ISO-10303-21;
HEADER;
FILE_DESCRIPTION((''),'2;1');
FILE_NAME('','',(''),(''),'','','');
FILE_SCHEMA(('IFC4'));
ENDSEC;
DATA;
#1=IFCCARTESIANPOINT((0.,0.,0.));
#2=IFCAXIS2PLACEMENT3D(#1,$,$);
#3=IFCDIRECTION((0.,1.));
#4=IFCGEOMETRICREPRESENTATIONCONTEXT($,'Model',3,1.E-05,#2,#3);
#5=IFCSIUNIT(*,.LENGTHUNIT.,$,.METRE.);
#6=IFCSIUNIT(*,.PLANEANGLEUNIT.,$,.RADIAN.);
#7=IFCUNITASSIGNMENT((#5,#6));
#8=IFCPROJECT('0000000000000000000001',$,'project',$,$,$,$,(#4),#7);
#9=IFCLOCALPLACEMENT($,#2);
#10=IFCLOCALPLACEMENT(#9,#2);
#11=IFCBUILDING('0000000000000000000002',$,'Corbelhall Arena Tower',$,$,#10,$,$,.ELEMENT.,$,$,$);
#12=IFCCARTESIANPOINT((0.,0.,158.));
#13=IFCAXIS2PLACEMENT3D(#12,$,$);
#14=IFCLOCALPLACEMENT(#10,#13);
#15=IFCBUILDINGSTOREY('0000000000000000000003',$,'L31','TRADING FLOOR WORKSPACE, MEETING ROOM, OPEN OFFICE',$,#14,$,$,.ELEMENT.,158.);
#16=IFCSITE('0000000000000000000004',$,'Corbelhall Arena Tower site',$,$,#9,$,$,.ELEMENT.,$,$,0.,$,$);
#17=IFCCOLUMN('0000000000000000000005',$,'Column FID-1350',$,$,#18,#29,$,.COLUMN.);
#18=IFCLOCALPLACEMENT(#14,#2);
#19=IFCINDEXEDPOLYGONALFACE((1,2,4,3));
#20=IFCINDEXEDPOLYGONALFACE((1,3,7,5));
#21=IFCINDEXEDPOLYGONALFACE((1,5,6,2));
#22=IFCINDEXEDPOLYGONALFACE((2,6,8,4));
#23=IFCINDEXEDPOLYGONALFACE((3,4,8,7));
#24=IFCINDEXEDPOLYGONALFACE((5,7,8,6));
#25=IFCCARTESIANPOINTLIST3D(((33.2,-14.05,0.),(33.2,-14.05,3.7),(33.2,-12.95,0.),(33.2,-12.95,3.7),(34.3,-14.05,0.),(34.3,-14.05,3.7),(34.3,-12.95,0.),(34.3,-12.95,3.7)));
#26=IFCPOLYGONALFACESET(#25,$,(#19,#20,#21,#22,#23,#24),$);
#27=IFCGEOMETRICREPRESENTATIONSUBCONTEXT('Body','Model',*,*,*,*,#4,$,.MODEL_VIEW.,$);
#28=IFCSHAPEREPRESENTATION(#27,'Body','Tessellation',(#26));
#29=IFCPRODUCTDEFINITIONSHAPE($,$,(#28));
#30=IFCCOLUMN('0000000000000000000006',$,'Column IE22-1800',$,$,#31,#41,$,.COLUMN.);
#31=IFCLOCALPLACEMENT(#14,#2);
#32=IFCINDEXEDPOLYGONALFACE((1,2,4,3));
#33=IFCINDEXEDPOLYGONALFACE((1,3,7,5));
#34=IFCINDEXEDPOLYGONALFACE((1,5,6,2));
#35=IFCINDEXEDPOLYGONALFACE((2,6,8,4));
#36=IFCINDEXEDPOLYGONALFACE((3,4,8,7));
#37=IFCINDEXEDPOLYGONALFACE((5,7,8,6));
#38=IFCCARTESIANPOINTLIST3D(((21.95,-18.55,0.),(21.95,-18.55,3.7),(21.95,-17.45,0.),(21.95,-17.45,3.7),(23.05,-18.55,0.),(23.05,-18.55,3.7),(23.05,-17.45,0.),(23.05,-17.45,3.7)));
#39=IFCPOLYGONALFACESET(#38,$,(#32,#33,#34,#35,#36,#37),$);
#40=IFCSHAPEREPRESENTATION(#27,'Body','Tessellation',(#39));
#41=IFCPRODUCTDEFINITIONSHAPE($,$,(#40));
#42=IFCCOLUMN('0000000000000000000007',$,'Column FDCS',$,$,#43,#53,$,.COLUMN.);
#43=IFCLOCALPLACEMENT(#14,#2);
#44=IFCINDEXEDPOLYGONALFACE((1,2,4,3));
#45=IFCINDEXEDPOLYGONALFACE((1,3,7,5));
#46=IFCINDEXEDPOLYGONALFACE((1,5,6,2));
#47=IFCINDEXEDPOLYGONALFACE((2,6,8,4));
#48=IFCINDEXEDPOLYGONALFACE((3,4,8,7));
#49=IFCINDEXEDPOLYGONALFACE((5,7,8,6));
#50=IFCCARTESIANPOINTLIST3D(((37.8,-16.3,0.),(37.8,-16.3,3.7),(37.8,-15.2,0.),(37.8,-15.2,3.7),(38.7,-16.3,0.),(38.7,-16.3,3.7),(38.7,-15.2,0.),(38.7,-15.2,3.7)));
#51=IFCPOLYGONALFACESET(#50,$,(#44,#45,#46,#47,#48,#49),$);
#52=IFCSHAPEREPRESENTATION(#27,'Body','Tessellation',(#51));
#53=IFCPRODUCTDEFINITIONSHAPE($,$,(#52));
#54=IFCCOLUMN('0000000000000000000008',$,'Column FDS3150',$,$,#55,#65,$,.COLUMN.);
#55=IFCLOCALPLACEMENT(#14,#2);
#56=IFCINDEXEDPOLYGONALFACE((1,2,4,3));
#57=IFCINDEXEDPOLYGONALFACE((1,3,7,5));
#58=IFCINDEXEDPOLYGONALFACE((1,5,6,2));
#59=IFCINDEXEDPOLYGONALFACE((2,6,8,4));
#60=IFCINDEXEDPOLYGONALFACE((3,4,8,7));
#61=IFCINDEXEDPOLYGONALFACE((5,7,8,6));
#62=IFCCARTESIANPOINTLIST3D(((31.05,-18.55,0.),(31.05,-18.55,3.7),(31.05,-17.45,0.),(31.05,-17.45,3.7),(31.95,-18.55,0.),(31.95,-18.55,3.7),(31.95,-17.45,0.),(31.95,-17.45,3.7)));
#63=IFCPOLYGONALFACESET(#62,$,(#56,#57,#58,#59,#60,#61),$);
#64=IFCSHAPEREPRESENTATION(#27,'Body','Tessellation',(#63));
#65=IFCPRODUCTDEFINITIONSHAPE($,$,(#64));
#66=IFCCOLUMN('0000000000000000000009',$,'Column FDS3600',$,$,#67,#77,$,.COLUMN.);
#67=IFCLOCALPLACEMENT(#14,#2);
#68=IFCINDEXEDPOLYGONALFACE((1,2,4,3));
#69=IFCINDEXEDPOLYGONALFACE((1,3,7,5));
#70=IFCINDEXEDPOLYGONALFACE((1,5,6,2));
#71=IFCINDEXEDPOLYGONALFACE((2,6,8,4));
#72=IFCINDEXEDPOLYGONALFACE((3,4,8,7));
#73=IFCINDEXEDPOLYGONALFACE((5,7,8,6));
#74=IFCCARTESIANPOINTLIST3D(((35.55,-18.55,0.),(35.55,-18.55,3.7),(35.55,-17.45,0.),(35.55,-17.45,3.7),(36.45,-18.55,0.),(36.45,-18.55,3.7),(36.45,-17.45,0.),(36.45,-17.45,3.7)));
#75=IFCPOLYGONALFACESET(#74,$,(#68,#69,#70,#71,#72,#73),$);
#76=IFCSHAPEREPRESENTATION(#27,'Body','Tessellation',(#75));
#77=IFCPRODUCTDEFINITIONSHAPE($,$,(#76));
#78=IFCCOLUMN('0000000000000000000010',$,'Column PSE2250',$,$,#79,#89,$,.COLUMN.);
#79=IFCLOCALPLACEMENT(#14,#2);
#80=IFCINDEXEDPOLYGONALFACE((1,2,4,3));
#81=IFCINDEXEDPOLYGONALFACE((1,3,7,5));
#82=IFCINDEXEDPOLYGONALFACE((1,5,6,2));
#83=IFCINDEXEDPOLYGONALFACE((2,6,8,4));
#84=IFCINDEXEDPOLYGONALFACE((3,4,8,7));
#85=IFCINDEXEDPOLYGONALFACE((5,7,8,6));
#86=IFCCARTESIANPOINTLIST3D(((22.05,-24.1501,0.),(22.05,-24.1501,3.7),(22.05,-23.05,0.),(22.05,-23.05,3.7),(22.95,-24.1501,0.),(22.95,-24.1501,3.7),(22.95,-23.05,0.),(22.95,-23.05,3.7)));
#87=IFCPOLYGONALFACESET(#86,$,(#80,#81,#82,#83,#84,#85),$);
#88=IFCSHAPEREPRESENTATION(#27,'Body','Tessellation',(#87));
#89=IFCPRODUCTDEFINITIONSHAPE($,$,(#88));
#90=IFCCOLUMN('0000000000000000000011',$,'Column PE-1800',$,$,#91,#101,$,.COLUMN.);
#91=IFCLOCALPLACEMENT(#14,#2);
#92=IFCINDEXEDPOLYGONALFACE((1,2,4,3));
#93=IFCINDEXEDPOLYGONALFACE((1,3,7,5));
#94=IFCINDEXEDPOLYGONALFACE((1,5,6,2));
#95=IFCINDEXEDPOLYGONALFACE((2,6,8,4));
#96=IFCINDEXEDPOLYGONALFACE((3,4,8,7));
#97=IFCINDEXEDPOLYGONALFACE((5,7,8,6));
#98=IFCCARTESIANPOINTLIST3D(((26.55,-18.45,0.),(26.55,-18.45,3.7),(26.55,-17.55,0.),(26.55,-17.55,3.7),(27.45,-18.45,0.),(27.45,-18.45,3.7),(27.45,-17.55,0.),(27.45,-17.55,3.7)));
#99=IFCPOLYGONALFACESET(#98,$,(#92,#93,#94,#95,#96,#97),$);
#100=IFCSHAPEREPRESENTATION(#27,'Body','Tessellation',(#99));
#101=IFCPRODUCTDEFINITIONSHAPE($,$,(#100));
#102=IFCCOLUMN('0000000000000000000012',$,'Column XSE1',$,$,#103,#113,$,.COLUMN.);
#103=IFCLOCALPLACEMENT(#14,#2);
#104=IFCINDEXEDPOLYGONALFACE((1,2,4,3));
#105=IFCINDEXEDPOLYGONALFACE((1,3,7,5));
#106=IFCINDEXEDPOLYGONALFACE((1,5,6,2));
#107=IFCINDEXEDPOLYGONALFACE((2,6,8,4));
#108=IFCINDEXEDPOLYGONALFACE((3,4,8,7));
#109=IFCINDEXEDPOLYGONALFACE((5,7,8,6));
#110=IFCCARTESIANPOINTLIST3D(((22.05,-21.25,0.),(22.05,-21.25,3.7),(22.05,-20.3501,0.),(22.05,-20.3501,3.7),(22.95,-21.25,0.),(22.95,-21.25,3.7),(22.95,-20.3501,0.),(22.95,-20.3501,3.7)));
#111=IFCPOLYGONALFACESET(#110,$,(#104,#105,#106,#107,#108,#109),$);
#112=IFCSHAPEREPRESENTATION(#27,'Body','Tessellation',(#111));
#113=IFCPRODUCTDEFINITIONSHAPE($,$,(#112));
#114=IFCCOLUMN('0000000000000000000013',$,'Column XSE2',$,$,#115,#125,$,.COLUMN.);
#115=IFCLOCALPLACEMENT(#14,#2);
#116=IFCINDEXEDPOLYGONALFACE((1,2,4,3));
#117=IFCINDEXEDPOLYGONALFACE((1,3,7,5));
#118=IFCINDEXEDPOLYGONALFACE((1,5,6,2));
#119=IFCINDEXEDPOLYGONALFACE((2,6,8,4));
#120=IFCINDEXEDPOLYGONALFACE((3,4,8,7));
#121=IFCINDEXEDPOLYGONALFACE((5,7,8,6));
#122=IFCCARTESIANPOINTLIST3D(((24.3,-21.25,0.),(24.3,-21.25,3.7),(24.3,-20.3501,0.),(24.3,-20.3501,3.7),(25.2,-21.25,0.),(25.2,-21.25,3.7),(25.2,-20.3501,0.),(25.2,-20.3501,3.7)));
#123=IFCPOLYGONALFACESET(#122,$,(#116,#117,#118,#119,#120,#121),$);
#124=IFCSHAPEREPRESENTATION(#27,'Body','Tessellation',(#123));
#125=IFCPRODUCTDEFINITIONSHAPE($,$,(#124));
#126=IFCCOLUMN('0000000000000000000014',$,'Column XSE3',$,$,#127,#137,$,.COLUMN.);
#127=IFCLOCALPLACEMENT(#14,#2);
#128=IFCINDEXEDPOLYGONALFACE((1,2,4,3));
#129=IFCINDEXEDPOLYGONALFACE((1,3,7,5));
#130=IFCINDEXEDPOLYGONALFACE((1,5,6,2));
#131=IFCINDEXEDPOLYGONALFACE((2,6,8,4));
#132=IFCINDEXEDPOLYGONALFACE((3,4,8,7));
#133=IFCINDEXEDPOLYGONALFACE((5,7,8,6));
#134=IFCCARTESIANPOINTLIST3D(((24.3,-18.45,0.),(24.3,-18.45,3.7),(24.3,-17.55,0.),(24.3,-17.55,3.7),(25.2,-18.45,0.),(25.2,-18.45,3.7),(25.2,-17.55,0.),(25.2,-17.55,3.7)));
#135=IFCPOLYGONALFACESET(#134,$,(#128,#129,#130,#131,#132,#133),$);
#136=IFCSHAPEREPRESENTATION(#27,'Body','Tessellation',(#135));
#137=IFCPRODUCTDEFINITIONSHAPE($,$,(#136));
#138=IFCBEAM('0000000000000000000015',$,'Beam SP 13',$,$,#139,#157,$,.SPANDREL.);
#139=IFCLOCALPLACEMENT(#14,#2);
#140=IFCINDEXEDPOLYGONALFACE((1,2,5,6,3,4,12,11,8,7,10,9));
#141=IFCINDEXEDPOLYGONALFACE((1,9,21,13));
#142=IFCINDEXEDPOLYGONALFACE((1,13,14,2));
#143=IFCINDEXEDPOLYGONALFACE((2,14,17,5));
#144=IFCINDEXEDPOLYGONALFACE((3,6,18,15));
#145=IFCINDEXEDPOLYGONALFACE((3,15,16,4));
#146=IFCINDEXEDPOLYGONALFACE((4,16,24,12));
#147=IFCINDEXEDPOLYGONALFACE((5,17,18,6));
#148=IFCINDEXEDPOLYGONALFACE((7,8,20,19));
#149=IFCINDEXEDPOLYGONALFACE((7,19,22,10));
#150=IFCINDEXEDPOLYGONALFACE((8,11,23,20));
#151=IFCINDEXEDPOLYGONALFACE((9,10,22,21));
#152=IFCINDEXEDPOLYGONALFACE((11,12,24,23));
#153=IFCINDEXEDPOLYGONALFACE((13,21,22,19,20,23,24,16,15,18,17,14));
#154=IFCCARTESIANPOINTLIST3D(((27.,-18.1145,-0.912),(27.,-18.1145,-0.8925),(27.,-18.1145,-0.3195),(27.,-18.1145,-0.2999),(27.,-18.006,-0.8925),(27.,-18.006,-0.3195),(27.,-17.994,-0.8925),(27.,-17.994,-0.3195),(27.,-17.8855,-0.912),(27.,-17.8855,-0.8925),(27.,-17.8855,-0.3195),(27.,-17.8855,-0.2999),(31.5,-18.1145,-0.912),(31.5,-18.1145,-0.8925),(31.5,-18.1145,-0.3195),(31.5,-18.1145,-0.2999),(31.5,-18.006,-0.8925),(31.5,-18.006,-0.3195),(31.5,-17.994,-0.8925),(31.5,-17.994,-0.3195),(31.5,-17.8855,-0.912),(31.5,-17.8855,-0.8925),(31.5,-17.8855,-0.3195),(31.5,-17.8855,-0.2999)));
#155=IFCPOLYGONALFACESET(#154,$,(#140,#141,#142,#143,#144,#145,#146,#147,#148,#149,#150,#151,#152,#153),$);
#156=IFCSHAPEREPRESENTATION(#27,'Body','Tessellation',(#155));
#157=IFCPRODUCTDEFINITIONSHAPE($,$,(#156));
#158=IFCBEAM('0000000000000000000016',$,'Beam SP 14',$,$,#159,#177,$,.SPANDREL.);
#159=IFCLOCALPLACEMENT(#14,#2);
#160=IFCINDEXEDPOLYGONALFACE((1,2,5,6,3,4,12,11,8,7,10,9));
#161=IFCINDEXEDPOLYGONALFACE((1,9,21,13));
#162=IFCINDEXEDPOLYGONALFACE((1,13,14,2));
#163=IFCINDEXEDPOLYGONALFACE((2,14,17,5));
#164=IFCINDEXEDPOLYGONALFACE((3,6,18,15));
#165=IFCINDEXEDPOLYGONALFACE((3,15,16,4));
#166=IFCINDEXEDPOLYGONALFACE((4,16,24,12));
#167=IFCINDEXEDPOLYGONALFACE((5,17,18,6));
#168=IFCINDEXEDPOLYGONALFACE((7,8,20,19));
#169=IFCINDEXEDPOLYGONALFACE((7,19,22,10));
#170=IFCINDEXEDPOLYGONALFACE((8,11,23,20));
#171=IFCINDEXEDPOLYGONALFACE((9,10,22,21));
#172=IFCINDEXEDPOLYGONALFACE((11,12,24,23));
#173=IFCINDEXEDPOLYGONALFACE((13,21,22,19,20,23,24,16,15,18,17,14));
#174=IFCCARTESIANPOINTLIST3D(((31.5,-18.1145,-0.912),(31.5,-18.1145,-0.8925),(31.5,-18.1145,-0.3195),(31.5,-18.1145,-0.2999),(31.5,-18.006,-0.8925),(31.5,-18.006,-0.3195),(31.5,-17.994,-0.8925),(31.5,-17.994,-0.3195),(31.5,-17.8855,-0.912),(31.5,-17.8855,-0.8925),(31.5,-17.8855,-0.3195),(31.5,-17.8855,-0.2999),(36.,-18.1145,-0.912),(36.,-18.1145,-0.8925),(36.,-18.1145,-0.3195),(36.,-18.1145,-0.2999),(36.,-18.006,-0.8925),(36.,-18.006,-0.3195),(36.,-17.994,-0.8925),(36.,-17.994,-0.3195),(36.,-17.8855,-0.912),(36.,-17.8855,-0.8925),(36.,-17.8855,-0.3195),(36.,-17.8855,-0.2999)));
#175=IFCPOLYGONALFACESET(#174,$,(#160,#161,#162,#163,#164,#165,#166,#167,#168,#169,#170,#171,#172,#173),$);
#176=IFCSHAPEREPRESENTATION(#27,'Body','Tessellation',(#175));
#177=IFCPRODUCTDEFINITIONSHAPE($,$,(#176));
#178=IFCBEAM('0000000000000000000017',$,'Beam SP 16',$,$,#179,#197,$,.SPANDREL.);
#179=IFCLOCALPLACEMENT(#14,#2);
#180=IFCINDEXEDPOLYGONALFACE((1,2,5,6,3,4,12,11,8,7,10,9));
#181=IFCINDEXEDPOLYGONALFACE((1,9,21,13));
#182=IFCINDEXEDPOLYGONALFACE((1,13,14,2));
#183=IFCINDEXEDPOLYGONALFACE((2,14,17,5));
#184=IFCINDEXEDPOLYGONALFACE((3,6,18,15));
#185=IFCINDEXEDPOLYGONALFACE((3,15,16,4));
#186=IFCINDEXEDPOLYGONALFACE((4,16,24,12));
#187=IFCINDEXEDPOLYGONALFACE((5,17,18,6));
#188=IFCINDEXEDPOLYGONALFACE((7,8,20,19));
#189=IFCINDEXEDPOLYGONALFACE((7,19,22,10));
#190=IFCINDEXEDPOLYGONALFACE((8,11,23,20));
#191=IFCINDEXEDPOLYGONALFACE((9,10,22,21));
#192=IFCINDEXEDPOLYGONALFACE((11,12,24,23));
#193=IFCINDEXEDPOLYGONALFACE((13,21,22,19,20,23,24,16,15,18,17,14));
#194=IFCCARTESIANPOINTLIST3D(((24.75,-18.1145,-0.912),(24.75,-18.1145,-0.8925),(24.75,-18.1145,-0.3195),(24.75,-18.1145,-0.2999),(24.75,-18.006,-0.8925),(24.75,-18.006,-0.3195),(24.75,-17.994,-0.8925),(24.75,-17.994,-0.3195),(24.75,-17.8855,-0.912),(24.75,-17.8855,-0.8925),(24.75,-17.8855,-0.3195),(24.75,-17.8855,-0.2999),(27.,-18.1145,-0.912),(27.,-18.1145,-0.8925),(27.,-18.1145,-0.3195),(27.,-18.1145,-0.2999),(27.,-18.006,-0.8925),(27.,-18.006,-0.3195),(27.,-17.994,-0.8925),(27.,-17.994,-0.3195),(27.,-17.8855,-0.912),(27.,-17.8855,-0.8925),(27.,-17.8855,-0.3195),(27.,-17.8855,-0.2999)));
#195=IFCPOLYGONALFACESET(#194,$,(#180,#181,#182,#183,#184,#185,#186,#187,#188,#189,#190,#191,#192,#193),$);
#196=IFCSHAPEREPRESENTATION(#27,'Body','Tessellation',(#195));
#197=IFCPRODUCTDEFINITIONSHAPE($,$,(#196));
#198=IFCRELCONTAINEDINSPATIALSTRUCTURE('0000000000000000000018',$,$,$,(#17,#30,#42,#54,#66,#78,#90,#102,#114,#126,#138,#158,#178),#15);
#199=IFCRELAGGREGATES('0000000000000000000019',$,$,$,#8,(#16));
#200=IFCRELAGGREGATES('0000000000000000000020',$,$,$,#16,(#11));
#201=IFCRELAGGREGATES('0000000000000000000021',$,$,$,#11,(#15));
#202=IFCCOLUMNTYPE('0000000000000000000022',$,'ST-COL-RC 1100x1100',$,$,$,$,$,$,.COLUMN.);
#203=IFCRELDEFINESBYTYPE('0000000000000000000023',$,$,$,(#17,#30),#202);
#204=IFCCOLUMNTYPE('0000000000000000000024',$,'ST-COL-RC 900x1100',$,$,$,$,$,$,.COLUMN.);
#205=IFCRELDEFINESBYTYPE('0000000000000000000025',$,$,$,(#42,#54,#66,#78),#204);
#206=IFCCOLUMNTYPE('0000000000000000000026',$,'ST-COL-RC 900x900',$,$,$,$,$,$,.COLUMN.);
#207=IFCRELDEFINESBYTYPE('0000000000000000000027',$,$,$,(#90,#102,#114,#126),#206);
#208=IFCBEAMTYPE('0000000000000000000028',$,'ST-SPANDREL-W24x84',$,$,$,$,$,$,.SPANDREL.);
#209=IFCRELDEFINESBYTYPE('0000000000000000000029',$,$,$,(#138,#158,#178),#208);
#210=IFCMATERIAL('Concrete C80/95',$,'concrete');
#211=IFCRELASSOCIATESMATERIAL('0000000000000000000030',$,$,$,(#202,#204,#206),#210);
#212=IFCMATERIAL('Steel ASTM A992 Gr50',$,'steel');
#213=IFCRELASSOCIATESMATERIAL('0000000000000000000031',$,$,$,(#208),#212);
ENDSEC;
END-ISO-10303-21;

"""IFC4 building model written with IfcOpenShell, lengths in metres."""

from ifc_helpers import new_model, si_unit, direction, frame, origin, origin_2d, place, context, subcontext, project, spatial, rectangle, i_section, extrude, material, material_profile, profile_set, type_object, element, save


model = new_model("IFC4")

# Units and contexts
model_context = context("Model", 3, precision=1e-05, world=origin(), true_north=direction((0.0, 1.0)))
body_context = subcontext(model_context, "Body", "Model", "MODEL_VIEW")
ifc_project = project(units=[si_unit("LENGTHUNIT", "METRE"), si_unit("PLANEANGLEUNIT", "RADIAN")], contexts=[model_context])

# Site, building, storey
site_placement = place(None, origin())
site = spatial("IfcSite", under=ifc_project, at=site_placement, Name="Corbelhall Arena Tower site", CompositionType="ELEMENT", RefElevation=0.0)
building_placement = place(site_placement, origin())
building = spatial("IfcBuilding", under=site, at=building_placement, Name="Corbelhall Arena Tower", CompositionType="ELEMENT")
storey_placement = place(building_placement, frame((0.0, 0.0, 158.0)))
storey = spatial("IfcBuildingStorey", under=building, at=storey_placement, Name="L31", Description="TRADING FLOOR WORKSPACE, MEETING ROOM, OPEN OFFICE", CompositionType="ELEMENT", Elevation=158.0)

# Columns
ifc_material_1 = material(Name="Concrete C80/95", Category="concrete")
ifc_material_profile_1 = material_profile(ifc_material_1, rectangle(XDim=1.1001, YDim=1.1001, at=origin_2d()))
ifc_profile_set_1 = profile_set([ifc_material_profile_1], Name="Concrete C80/95")
column_type_1 = type_object("IfcColumnType", Name="ST-COL-RC 1100x1100", PredefinedType="COLUMN", material=ifc_profile_set_1)
for number, where, z_axis, x_axis, name in (
    (1, (33.75, -13.5, 0.0), (0.0, 0.0, 1.0), (1.0, 0.0, 0.0), "Column FID-1350"),
    (2, (22.5, -18.0, 0.0), (0.0, 0.0, 1.0), (1.0, 0.0, 0.0), "Column IE22-1800"),
):
    element("IfcColumn", number, at=place(storey_placement, frame(where, z_axis=z_axis, x_axis=x_axis)), inside=storey, type_object=column_type_1, Name=name, PredefinedType="COLUMN", context=body_context, shape_type="SweptSolid", body=[
        extrude(rectangle(XDim=1.1001, YDim=1.1001, at=origin_2d()), origin(), (0.0, 0.0, 1.0), 3.7),
    ])
ifc_material_profile_2 = material_profile(ifc_material_1, rectangle(XDim=0.8999, YDim=1.1001, at=origin_2d()))
ifc_profile_set_2 = profile_set([ifc_material_profile_2], Name="Concrete C80/95")
column_type_2 = type_object("IfcColumnType", Name="ST-COL-RC 900x1100", PredefinedType="COLUMN", material=ifc_profile_set_2)
for number, where, z_axis, x_axis, name in (
    (3, (38.25, -15.75, 0.0), (0.0, 0.0, 1.0), (1.0, 0.0, 0.0), "Column FDCS"),
    (4, (31.5, -18.0, 0.0), (0.0, 0.0, 1.0), (1.0, 0.0, 0.0), "Column FDS3150"),
    (5, (36.0, -18.0, 0.0), (0.0, 0.0, 1.0), (1.0, 0.0, 0.0), "Column FDS3600"),
    (6, (22.5, -23.6001, 0.0), (0.0, 0.0, 1.0), (1.0, 0.0, 0.0), "Column PSE2250"),
):
    element("IfcColumn", number, at=place(storey_placement, frame(where, z_axis=z_axis, x_axis=x_axis)), inside=storey, type_object=column_type_2, Name=name, PredefinedType="COLUMN", context=body_context, shape_type="SweptSolid", body=[
        extrude(rectangle(XDim=0.8999, YDim=1.1001, at=origin_2d()), origin(), (0.0, 0.0, 1.0), 3.7),
    ])
ifc_material_profile_3 = material_profile(ifc_material_1, rectangle(XDim=0.8999, YDim=0.8999, at=origin_2d()))
ifc_profile_set_3 = profile_set([ifc_material_profile_3], Name="Concrete C80/95")
column_type_3 = type_object("IfcColumnType", Name="ST-COL-RC 900x900", PredefinedType="COLUMN", material=ifc_profile_set_3)
for number, where, z_axis, x_axis, name in (
    (7, (27.0, -18.0, 0.0), (0.0, 0.0, 1.0), (1.0, 0.0, 0.0), "Column PE-1800"),
    (8, (22.5, -20.8, 0.0), (0.0, 0.0, 1.0), (1.0, 0.0, 0.0), "Column XSE1"),
    (9, (24.75, -20.8, 0.0), (0.0, 0.0, 1.0), (1.0, 0.0, 0.0), "Column XSE2"),
    (10, (24.75, -18.0, 0.0), (0.0, 0.0, 1.0), (1.0, 0.0, 0.0), "Column XSE3"),
):
    element("IfcColumn", number, at=place(storey_placement, frame(where, z_axis=z_axis, x_axis=x_axis)), inside=storey, type_object=column_type_3, Name=name, PredefinedType="COLUMN", context=body_context, shape_type="SweptSolid", body=[
        extrude(rectangle(XDim=0.8999, YDim=0.8999, at=origin_2d()), origin(), (0.0, 0.0, 1.0), 3.7),
    ])

# Beams
ifc_material_2 = material(Name="Steel ASTM A992 Gr50", Category="steel")
ifc_material_profile_4 = material_profile(ifc_material_2, i_section(OverallWidth=0.229, OverallDepth=0.6121, WebThickness=0.012, FlangeThickness=0.0195, at=origin_2d()))
ifc_profile_set_4 = profile_set([ifc_material_profile_4], Name="Steel ASTM A992 Gr50")
beam_type = type_object("IfcBeamType", Name="ST-SPANDREL-W24x84", PredefinedType="SPANDREL", material=ifc_profile_set_4)
for number, where, z_axis, x_axis, name in (
    (11, (31.5, -18.0, -0.606), (-1.0, 0.0, 0.0), (0.0, -1.0, 0.0), "Beam SP 13"),
    (12, (36.0, -18.0, -0.606), (-1.0, 0.0, 0.0), (0.0, -1.0, 0.0), "Beam SP 14"),
):
    element("IfcBeam", number, at=place(storey_placement, frame(where, z_axis=z_axis, x_axis=x_axis)), inside=storey, type_object=beam_type, Name=name, PredefinedType="SPANDREL", context=body_context, shape_type="SweptSolid", body=[
        extrude(i_section(OverallWidth=0.229, OverallDepth=0.6121, WebThickness=0.012, FlangeThickness=0.0195, at=origin_2d()), origin(), (0.0, 0.0, 1.0), 4.5),
    ])
beam_1_placement = place(storey_placement, frame((27.0, -18.0, -0.606), z_axis=(-1.0, 0.0, 0.0), x_axis=(0.0, -1.0, 0.0)))
element("IfcBeam", 13, at=beam_1_placement, inside=storey, type_object=beam_type, Name="Beam SP 16", PredefinedType="SPANDREL", context=body_context, shape_type="SweptSolid", body=[
    extrude(i_section(OverallWidth=0.229, OverallDepth=0.6121, WebThickness=0.012, FlangeThickness=0.0195, at=origin_2d()), origin(), (0.0, 0.0, 1.0), 2.25),
])

save(model, "model.ifc")
